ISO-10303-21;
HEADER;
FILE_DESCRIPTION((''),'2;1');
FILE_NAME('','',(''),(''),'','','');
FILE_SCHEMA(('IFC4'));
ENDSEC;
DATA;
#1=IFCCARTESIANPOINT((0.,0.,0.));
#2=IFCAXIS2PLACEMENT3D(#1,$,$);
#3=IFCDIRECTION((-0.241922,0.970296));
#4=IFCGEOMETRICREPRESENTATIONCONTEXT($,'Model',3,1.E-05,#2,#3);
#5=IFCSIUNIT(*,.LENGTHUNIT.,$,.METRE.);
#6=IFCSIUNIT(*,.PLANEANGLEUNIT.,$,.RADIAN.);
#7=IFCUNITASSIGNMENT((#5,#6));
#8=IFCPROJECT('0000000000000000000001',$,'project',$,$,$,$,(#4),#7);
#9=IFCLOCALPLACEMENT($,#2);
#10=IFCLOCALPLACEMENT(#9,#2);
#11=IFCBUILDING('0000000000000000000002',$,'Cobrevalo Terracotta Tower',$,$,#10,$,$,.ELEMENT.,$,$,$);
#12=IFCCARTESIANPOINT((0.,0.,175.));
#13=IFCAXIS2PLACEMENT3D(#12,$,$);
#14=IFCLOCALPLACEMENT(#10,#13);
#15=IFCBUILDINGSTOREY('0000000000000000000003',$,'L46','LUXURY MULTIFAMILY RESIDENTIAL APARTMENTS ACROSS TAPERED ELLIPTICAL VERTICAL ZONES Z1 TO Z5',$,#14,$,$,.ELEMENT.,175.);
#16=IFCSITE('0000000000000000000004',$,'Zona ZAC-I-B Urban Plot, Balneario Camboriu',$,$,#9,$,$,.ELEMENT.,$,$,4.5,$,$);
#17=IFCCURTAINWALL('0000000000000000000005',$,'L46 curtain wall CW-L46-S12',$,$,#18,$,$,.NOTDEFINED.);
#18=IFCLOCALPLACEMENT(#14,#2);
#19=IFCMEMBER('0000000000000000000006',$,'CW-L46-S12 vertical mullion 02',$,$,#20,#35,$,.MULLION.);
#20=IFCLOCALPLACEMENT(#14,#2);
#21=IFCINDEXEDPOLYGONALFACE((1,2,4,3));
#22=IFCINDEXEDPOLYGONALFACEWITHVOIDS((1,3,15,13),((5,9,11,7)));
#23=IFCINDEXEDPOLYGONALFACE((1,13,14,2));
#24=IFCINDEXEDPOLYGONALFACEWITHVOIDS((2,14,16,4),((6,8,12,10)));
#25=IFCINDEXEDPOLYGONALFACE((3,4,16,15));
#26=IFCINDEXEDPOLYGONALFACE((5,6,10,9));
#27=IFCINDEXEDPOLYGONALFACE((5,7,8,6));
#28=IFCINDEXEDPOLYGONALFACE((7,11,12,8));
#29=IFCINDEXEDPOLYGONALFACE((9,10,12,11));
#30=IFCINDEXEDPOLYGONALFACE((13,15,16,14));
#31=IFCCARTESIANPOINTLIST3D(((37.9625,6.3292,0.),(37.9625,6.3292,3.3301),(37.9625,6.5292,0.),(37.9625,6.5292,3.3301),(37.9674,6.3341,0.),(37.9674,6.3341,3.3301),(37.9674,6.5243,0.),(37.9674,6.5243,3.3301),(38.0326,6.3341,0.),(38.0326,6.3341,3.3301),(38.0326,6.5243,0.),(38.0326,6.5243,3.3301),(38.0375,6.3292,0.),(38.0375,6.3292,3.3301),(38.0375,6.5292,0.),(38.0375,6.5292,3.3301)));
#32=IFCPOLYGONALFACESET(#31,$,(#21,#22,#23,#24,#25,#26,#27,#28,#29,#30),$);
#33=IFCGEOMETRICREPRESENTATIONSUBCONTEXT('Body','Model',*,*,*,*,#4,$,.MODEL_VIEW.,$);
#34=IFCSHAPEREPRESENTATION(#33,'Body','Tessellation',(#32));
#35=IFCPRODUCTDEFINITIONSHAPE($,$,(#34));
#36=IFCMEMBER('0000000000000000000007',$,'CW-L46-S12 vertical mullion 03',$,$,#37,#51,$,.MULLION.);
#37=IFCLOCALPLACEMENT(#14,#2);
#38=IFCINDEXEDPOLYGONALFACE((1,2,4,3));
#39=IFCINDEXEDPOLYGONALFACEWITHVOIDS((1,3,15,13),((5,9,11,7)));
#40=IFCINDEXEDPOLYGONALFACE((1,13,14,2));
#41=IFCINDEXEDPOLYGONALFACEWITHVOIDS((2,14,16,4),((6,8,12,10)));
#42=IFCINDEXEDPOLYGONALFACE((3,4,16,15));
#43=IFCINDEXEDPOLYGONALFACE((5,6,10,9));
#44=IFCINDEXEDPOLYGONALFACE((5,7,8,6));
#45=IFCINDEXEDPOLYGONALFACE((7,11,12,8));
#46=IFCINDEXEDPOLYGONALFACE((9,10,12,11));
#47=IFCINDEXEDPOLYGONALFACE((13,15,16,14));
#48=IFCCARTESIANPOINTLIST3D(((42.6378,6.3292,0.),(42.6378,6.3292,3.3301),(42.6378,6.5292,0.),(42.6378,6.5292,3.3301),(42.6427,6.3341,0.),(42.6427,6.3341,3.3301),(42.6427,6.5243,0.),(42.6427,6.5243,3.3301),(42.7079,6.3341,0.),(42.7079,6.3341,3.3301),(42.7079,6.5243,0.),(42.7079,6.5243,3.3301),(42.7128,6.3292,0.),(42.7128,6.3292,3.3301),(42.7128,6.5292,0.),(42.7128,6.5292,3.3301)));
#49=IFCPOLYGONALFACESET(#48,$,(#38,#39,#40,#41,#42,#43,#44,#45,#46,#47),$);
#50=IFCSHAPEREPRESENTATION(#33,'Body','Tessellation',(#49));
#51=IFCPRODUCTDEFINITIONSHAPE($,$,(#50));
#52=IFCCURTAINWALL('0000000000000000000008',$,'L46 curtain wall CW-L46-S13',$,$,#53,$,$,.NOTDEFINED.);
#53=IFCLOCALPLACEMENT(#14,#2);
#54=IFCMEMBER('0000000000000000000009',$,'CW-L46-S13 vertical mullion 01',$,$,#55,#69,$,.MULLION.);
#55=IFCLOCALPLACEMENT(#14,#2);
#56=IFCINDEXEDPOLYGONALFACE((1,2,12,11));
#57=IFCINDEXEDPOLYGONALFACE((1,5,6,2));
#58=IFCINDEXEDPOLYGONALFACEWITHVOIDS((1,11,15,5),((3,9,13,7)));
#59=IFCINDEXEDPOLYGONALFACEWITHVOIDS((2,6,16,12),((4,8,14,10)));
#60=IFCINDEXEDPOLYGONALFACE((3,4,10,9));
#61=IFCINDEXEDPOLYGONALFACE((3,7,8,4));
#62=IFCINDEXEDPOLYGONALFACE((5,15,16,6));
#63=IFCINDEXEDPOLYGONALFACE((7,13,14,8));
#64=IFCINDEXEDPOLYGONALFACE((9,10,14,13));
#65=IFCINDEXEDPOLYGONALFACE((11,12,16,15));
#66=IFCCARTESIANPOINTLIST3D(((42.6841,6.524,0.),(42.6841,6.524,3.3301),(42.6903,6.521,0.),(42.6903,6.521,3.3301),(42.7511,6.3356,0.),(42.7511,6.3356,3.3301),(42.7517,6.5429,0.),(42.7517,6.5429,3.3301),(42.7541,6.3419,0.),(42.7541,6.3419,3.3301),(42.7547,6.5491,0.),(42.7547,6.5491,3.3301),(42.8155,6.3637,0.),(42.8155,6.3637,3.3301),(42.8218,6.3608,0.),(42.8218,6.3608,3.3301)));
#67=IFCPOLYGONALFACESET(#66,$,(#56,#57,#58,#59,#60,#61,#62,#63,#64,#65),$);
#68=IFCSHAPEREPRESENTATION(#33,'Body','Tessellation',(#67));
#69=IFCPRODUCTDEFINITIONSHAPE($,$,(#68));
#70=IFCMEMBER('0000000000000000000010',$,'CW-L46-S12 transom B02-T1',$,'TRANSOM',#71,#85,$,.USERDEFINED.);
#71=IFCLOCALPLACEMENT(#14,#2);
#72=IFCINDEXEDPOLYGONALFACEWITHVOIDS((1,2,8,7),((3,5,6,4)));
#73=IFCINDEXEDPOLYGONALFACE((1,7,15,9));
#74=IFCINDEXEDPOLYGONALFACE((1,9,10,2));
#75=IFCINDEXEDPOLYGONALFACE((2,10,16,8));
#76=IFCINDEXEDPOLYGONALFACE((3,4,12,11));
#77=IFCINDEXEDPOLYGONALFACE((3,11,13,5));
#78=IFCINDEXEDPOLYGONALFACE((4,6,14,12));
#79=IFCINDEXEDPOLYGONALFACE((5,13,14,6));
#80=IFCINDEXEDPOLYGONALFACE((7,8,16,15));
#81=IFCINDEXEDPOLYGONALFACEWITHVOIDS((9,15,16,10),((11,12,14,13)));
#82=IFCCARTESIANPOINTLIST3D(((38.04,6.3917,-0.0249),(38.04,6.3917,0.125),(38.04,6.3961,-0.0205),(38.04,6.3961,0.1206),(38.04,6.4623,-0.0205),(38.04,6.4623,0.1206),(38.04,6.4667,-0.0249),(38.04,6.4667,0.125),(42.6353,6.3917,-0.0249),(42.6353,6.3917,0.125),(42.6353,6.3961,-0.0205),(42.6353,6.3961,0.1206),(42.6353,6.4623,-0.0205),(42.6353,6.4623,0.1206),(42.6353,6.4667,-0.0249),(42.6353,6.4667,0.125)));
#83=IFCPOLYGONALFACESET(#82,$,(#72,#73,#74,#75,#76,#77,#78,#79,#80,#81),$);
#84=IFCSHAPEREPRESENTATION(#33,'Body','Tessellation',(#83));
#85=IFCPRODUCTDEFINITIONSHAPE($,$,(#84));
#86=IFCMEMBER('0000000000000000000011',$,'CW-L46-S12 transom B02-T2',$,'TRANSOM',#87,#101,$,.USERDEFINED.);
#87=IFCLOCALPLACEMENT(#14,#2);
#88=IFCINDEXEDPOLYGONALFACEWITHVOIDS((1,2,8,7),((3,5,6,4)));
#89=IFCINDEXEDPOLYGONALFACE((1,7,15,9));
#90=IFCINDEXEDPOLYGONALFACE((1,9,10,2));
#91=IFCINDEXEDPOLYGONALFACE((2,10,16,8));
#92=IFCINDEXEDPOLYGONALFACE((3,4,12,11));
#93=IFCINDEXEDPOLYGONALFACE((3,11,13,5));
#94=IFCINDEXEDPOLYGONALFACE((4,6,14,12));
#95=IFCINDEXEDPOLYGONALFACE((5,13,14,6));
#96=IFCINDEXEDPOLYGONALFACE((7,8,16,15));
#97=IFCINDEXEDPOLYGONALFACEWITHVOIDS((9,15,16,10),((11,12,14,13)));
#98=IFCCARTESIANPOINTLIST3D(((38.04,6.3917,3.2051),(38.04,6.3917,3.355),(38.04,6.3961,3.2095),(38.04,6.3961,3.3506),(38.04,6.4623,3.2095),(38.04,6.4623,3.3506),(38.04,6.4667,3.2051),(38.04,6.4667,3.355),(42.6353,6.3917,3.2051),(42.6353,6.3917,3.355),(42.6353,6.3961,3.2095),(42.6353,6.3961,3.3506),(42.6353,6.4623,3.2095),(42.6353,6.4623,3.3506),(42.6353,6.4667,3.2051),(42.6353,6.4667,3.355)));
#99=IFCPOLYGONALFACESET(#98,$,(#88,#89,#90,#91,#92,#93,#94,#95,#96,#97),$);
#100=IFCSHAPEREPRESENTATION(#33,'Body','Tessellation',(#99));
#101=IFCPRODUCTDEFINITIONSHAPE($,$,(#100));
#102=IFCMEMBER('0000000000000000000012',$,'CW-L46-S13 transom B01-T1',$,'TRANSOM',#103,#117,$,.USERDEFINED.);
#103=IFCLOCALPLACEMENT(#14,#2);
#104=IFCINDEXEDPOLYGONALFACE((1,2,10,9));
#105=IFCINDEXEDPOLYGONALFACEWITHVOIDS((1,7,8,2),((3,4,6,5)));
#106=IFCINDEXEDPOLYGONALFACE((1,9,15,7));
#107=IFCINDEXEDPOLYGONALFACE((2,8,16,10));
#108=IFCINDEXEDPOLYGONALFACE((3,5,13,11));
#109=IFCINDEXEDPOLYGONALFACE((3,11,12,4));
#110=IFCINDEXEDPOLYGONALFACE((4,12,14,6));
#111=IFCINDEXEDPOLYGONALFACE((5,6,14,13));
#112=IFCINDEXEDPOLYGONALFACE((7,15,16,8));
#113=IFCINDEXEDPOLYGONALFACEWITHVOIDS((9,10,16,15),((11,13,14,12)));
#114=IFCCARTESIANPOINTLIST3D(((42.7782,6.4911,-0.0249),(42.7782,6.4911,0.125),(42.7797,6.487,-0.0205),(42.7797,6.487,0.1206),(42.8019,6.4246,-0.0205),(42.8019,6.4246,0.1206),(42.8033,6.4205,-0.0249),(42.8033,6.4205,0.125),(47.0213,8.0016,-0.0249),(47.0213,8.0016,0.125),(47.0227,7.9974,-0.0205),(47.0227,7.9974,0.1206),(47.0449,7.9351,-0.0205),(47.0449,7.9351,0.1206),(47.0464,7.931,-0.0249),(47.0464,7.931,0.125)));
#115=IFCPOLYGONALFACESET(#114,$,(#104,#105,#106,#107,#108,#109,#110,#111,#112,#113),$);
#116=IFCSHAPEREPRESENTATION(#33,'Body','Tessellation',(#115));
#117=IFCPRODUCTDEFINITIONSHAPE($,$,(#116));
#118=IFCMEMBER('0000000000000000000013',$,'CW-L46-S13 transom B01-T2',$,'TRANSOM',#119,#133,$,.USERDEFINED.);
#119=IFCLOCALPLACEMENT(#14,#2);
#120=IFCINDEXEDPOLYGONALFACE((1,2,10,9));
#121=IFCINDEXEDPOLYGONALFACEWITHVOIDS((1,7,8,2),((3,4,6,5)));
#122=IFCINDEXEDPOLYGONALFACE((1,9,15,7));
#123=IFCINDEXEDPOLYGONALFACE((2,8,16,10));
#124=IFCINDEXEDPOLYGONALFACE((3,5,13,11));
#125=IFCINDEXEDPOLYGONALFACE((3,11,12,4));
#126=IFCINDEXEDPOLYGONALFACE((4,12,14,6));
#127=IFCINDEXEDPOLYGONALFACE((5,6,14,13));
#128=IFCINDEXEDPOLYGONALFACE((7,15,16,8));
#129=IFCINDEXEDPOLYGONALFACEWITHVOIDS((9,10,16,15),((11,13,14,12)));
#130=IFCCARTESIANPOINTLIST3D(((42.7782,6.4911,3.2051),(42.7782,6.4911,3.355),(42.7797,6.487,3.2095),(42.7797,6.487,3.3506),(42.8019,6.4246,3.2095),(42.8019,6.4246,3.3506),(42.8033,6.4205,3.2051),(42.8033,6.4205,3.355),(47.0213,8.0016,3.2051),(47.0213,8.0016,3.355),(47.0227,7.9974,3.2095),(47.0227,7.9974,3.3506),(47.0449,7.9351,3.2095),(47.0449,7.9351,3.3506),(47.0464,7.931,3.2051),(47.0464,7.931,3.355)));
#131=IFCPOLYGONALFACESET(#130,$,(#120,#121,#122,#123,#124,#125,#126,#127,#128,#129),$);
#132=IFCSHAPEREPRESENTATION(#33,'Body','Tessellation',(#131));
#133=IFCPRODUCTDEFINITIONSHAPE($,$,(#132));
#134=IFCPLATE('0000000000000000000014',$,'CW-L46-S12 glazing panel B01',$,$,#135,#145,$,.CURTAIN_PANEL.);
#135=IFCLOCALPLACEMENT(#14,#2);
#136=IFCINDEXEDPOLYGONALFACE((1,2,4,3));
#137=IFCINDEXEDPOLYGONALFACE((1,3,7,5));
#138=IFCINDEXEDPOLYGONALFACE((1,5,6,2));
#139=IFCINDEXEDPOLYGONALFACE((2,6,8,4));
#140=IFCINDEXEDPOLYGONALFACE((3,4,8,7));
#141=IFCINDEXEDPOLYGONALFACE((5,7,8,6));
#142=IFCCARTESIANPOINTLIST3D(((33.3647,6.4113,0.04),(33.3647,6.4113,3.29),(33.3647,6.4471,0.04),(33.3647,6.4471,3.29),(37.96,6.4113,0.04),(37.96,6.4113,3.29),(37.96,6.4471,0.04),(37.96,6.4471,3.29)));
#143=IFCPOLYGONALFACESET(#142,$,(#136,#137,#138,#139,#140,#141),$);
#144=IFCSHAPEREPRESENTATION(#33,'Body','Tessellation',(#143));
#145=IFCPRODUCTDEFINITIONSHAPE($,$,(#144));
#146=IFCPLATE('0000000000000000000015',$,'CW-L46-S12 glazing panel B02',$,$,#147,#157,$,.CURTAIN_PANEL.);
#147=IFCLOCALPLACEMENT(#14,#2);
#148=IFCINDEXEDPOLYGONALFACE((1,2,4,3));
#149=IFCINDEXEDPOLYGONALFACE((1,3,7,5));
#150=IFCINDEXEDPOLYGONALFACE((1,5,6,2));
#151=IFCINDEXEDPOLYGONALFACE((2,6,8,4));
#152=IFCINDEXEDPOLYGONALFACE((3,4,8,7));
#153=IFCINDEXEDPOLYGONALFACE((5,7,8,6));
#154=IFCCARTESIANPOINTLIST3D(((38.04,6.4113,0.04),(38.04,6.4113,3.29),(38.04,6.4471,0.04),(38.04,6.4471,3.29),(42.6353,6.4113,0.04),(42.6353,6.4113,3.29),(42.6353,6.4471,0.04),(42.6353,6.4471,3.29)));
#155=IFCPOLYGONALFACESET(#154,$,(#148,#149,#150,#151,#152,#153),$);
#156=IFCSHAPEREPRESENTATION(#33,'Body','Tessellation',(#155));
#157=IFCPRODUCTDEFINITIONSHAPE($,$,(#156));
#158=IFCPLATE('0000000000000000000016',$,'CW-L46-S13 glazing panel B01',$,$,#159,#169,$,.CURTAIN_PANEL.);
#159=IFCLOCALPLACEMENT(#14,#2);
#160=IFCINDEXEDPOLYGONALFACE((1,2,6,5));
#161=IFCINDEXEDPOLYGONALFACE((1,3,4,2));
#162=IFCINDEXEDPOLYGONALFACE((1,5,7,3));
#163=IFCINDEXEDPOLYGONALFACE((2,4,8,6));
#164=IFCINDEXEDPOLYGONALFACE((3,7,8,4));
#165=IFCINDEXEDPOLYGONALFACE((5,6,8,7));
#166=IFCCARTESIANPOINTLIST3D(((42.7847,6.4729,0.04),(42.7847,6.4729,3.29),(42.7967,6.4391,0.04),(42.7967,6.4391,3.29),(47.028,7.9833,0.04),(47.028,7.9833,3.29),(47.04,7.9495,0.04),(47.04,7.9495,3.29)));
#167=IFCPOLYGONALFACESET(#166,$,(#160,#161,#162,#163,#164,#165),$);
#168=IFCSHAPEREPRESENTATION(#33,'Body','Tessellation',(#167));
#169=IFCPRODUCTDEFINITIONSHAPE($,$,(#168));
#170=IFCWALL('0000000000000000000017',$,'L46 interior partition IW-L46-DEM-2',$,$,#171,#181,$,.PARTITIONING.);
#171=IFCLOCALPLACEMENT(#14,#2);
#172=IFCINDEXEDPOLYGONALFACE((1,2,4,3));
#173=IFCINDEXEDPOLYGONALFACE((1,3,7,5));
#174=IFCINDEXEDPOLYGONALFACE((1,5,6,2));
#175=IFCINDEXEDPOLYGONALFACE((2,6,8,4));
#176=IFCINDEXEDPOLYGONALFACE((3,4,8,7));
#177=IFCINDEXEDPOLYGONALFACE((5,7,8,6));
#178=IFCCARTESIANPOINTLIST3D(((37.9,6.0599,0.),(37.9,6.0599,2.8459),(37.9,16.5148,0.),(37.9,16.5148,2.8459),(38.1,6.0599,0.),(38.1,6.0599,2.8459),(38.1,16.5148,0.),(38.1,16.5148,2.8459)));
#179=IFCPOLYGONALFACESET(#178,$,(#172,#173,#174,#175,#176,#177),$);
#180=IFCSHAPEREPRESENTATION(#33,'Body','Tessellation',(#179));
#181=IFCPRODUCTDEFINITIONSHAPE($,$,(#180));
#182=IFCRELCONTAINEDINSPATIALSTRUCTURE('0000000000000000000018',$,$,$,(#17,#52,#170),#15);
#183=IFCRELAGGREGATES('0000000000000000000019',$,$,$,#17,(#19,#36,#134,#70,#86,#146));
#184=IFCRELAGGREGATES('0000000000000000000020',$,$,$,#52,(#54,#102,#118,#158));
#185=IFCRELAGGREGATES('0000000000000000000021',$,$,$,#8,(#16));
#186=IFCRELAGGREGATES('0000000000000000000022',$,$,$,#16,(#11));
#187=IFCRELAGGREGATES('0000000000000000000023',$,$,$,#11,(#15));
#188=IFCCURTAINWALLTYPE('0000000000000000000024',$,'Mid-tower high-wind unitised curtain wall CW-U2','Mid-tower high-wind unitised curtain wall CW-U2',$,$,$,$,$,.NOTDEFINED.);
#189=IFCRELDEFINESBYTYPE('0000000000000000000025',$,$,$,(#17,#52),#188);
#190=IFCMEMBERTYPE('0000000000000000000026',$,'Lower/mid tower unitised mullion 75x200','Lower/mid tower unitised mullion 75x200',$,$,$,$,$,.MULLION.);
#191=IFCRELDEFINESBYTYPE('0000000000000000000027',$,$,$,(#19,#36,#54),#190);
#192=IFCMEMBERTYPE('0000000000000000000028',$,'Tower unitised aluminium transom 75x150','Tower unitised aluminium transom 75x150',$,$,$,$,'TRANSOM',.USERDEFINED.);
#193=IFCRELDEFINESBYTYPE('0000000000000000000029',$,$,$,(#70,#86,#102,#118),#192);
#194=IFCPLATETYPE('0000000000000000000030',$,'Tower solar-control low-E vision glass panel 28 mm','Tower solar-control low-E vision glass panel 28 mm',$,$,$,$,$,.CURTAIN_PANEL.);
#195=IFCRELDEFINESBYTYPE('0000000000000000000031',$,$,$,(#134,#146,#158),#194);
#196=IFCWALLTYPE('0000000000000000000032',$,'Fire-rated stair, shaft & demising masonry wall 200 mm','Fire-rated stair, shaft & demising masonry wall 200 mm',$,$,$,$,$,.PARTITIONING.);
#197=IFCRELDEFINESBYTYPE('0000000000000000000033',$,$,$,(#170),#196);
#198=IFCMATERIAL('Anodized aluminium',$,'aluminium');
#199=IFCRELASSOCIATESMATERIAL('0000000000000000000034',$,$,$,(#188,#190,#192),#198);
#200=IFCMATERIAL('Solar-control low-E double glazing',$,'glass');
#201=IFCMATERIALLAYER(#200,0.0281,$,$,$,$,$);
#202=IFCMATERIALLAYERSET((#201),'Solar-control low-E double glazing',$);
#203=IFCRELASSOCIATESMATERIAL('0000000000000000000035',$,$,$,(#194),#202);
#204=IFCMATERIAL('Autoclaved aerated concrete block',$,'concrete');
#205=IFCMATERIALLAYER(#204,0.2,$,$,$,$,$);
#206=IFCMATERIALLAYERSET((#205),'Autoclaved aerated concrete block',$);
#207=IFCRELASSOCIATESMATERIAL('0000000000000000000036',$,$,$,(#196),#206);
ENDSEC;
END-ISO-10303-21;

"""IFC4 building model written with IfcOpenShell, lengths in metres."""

from ifc_helpers import new_model, si_unit, direction, frame, frame_2d, origin, origin_2d, place, context, subcontext, project, spatial, rectangle, hollow_rectangle, extrude, source, transform, mapped, material, layer, layer_set, material_profile, profile_set, type_object, element, aggregate, save


model = new_model("IFC4")

# Units and contexts
model_context = context("Model", 3, precision=1e-05, world=origin(), true_north=direction((-0.241922, 0.970296)))
body_context = subcontext(model_context, "Body", "Model", "MODEL_VIEW")
ifc_project = project(units=[si_unit("LENGTHUNIT", "METRE"), si_unit("PLANEANGLEUNIT", "RADIAN")], contexts=[model_context])

# Site, building, storey
site_placement = place(None, origin())
site = spatial("IfcSite", under=ifc_project, at=site_placement, Name="Zona ZAC-I-B Urban Plot, Balneario Camboriu", CompositionType="ELEMENT", RefElevation=4.5)
building_placement = place(site_placement, origin())
building = spatial("IfcBuilding", under=site, at=building_placement, Name="Cobrevalo Terracotta Tower", CompositionType="ELEMENT")
storey_placement = place(building_placement, frame((0.0, 0.0, 175.0)))
storey = spatial("IfcBuildingStorey", under=building, at=storey_placement, Name="L46", Description="LUXURY MULTIFAMILY RESIDENTIAL APARTMENTS ACROSS TAPERED ELLIPTICAL VERTICAL ZONES Z1 TO Z5", CompositionType="ELEMENT", Elevation=175.0)

# Curtain wall, members
ifc_material_1 = material(Name="Anodized aluminium", Category="aluminium")
curtain_wall_type = type_object("IfcCurtainWallType", Name="Mid-tower high-wind unitised curtain wall CW-U2", Description="Mid-tower high-wind unitised curtain wall CW-U2", PredefinedType="NOTDEFINED", material=ifc_material_1)
curtain_wall_1_placement = place(storey_placement, origin())
curtain_wall_1 = element("IfcCurtainWall", 1, at=curtain_wall_1_placement, inside=storey, type_object=curtain_wall_type, Name="L46 curtain wall CW-L46-S12", PredefinedType="NOTDEFINED")
ifc_material_profile_1 = material_profile(ifc_material_1, hollow_rectangle(XDim=0.075, YDim=0.2, WallThickness=0.0049, at=origin_2d()), Name="CWM 75x200")
ifc_profile_set_1 = profile_set([ifc_material_profile_1], Name="Anodized aluminium")
member_type_1 = type_object("IfcMemberType", Name="Lower/mid tower unitised mullion 75x200", Description="Lower/mid tower unitised mullion 75x200", PredefinedType="MULLION", material=ifc_profile_set_1)
shared_shape_1 = source(origin(), body_context, "Body", "SweptSolid", [
    extrude(hollow_rectangle(XDim=0.075, YDim=0.2, WallThickness=0.0049, at=origin_2d()), origin(), (0.0, 0.0, 1.0), 3.3301),
])
member_1_placement = place(storey_placement, frame((38.0, 6.4292, 0.0), z_axis=(0.0, 0.0, 1.0), x_axis=(1.0, 0.0, 0.0)))
member_1 = element("IfcMember", 2, at=member_1_placement, type_object=member_type_1, Name="CW-L46-S12 vertical mullion 02", PredefinedType="MULLION", context=body_context, shape_type="MappedRepresentation", body=[
    mapped(shared_shape_1, transform((0.0, 0.0, 0.0), scale=1.0)),
])
member_2_placement = place(storey_placement, frame((42.6753, 6.4292, 0.0), z_axis=(0.0, 0.0, 1.0), x_axis=(1.0, 0.0, 0.0)))
member_2 = element("IfcMember", 3, at=member_2_placement, type_object=member_type_1, Name="CW-L46-S12 vertical mullion 03", PredefinedType="MULLION", context=body_context, shape_type="MappedRepresentation", body=[
    mapped(shared_shape_1, transform((0.0, 0.0, 0.0), scale=1.0)),
])

# Curtain wall, member
curtain_wall_2_placement = place(storey_placement, origin())
curtain_wall_2 = element("IfcCurtainWall", 4, at=curtain_wall_2_placement, inside=storey, type_object=curtain_wall_type, Name="L46 curtain wall CW-L46-S13", PredefinedType="NOTDEFINED")
member_3_placement = place(storey_placement, frame((42.7529, 6.4424, 0.0), z_axis=(0.0, 0.0, 1.0), x_axis=(0.942098, 0.335336, 0.0)))
member_3 = element("IfcMember", 5, at=member_3_placement, type_object=member_type_1, Name="CW-L46-S13 vertical mullion 01", PredefinedType="MULLION", context=body_context, shape_type="MappedRepresentation", body=[
    mapped(shared_shape_1, transform((0.0, 0.0, 0.0), scale=1.0)),
])

# Members
ifc_material_profile_2 = material_profile(ifc_material_1, hollow_rectangle(XDim=0.075, YDim=0.1499, WallThickness=0.0044, at=origin_2d()), Name="CWT 75x150")
ifc_profile_set_2 = profile_set([ifc_material_profile_2], Name="Anodized aluminium")
member_type_2 = type_object("IfcMemberType", Name="Tower unitised aluminium transom 75x150", Description="Tower unitised aluminium transom 75x150", ElementType="TRANSOM", PredefinedType="USERDEFINED", material=ifc_profile_set_2)
shared_shape_2 = source(origin(), body_context, "Body", "SweptSolid", [
    extrude(hollow_rectangle(XDim=0.075, YDim=0.1499, WallThickness=0.0044, at=origin_2d()), origin(), (0.0, 0.0, 1.0), 4.5952),
])
member_4_placement = place(storey_placement, frame((38.04, 6.4292, 0.05), z_axis=(1.0, 0.0, 0.0), x_axis=(0.0, 1.0, 0.0)))
member_4 = element("IfcMember", 6, at=member_4_placement, type_object=member_type_2, Name="CW-L46-S12 transom B02-T1", ObjectType="TRANSOM", PredefinedType="USERDEFINED", context=body_context, shape_type="MappedRepresentation", body=[
    mapped(shared_shape_2, transform((0.0, 0.0, 0.0), scale=1.0)),
])
member_5_placement = place(storey_placement, frame((38.04, 6.4292, 3.28), z_axis=(1.0, 0.0, 0.0), x_axis=(0.0, 1.0, 0.0)))
member_5 = element("IfcMember", 7, at=member_5_placement, type_object=member_type_2, Name="CW-L46-S12 transom B02-T2", ObjectType="TRANSOM", PredefinedType="USERDEFINED", context=body_context, shape_type="MappedRepresentation", body=[
    mapped(shared_shape_2, transform((0.0, 0.0, 0.0), scale=1.0)),
])
shared_shape_3 = source(origin(), body_context, "Body", "SweptSolid", [
    extrude(hollow_rectangle(XDim=0.075, YDim=0.1499, WallThickness=0.0044, at=origin_2d()), origin(), (0.0, 0.0, 1.0), 4.5039),
])
member_6_placement = place(storey_placement, frame((42.7908, 6.4558, 0.05), z_axis=(0.942087, 0.335368, 0.0), x_axis=(-0.335368, 0.942087, 0.0)))
member_6 = element("IfcMember", 8, at=member_6_placement, type_object=member_type_2, Name="CW-L46-S13 transom B01-T1", ObjectType="TRANSOM", PredefinedType="USERDEFINED", context=body_context, shape_type="MappedRepresentation", body=[
    mapped(shared_shape_3, transform((0.0, 0.0, 0.0), scale=1.0)),
])
member_7_placement = place(storey_placement, frame((42.7908, 6.4558, 3.28), z_axis=(0.942087, 0.335368, 0.0), x_axis=(-0.335368, 0.942087, 0.0)))
member_7 = element("IfcMember", 9, at=member_7_placement, type_object=member_type_2, Name="CW-L46-S13 transom B01-T2", ObjectType="TRANSOM", PredefinedType="USERDEFINED", context=body_context, shape_type="MappedRepresentation", body=[
    mapped(shared_shape_3, transform((0.0, 0.0, 0.0), scale=1.0)),
])

# Plates
ifc_material_2 = material(Name="Solar-control low-E double glazing", Category="glass")
ifc_layer_1 = layer(ifc_material_2, 0.0281)
ifc_layer_set_1 = layer_set([ifc_layer_1], Name="Solar-control low-E double glazing")
plate_type = type_object("IfcPlateType", Name="Tower solar-control low-E vision glass panel 28 mm", Description="Tower solar-control low-E vision glass panel 28 mm", PredefinedType="CURTAIN_PANEL", material=ifc_layer_set_1)
shared_shape_4 = source(origin(), body_context, "Body", "SweptSolid", [
    extrude(rectangle(XDim=4.5952, YDim=0.0359, at=origin_2d()), origin(), (0.0, 0.0, 1.0), 3.25),
])
plate_1_placement = place(storey_placement, frame((35.6624, 6.4292, 0.04), z_axis=(0.0, 0.0, 1.0), x_axis=(1.0, 0.0, 0.0)))
plate_1 = element("IfcPlate", 10, at=plate_1_placement, type_object=plate_type, Name="CW-L46-S12 glazing panel B01", PredefinedType="CURTAIN_PANEL", context=body_context, shape_type="MappedRepresentation", body=[
    mapped(shared_shape_4, transform((0.0, 0.0, 0.0), scale=1.0)),
])
plate_2_placement = place(storey_placement, frame((40.3376, 6.4292, 0.04), z_axis=(0.0, 0.0, 1.0), x_axis=(1.0, 0.0, 0.0)))
plate_2 = element("IfcPlate", 11, at=plate_2_placement, type_object=plate_type, Name="CW-L46-S12 glazing panel B02", PredefinedType="CURTAIN_PANEL", context=body_context, shape_type="MappedRepresentation", body=[
    mapped(shared_shape_4, transform((0.0, 0.0, 0.0), scale=1.0)),
])
aggregate(curtain_wall_1, [member_1, member_2, plate_1, member_4, member_5, plate_2])
shared_shape_5 = source(origin(), body_context, "Body", "SweptSolid", [
    extrude(rectangle(XDim=4.5042, YDim=0.0359, at=origin_2d()), origin(), (0.0, 0.0, 1.0), 3.25),
])
plate_3_placement = place(storey_placement, frame((44.9124, 7.2112, 0.04), z_axis=(0.0, 0.0, 1.0), x_axis=(0.942098, 0.335336, 0.0)))
plate_3 = element("IfcPlate", 12, at=plate_3_placement, type_object=plate_type, Name="CW-L46-S13 glazing panel B01", PredefinedType="CURTAIN_PANEL", context=body_context, shape_type="MappedRepresentation", body=[
    mapped(shared_shape_5, transform((0.0, 0.0, 0.0), scale=1.0)),
])
aggregate(curtain_wall_2, [member_3, member_6, member_7, plate_3])

# Wall
ifc_material_3 = material(Name="Autoclaved aerated concrete block", Category="concrete")
ifc_layer_2 = layer(ifc_material_3, 0.2)
ifc_layer_set_2 = layer_set([ifc_layer_2], Name="Autoclaved aerated concrete block")
wall_type_1 = type_object("IfcWallType", Name="Fire-rated stair, shaft & demising masonry wall 200 mm", Description="Fire-rated stair, shaft & demising masonry wall 200 mm", PredefinedType="PARTITIONING", material=ifc_layer_set_2)
wall_1_placement = place(storey_placement, frame((38.0, 16.5149, 0.0), z_axis=(0.0, 0.0, 1.0), x_axis=(0.0, -1.0, 0.0)))
element("IfcWall", 13, at=wall_1_placement, inside=storey, type_object=wall_type_1, Name="L46 interior partition IW-L46-DEM-2", PredefinedType="PARTITIONING", context=body_context, shape_type="SweptSolid", body=[
    extrude(rectangle(XDim=10.4548, YDim=0.2, at=frame_2d((5.2275, 0.0))), origin(), (0.0, 0.0, 1.0), 2.8459),
])

save(model, "model.ifc")
